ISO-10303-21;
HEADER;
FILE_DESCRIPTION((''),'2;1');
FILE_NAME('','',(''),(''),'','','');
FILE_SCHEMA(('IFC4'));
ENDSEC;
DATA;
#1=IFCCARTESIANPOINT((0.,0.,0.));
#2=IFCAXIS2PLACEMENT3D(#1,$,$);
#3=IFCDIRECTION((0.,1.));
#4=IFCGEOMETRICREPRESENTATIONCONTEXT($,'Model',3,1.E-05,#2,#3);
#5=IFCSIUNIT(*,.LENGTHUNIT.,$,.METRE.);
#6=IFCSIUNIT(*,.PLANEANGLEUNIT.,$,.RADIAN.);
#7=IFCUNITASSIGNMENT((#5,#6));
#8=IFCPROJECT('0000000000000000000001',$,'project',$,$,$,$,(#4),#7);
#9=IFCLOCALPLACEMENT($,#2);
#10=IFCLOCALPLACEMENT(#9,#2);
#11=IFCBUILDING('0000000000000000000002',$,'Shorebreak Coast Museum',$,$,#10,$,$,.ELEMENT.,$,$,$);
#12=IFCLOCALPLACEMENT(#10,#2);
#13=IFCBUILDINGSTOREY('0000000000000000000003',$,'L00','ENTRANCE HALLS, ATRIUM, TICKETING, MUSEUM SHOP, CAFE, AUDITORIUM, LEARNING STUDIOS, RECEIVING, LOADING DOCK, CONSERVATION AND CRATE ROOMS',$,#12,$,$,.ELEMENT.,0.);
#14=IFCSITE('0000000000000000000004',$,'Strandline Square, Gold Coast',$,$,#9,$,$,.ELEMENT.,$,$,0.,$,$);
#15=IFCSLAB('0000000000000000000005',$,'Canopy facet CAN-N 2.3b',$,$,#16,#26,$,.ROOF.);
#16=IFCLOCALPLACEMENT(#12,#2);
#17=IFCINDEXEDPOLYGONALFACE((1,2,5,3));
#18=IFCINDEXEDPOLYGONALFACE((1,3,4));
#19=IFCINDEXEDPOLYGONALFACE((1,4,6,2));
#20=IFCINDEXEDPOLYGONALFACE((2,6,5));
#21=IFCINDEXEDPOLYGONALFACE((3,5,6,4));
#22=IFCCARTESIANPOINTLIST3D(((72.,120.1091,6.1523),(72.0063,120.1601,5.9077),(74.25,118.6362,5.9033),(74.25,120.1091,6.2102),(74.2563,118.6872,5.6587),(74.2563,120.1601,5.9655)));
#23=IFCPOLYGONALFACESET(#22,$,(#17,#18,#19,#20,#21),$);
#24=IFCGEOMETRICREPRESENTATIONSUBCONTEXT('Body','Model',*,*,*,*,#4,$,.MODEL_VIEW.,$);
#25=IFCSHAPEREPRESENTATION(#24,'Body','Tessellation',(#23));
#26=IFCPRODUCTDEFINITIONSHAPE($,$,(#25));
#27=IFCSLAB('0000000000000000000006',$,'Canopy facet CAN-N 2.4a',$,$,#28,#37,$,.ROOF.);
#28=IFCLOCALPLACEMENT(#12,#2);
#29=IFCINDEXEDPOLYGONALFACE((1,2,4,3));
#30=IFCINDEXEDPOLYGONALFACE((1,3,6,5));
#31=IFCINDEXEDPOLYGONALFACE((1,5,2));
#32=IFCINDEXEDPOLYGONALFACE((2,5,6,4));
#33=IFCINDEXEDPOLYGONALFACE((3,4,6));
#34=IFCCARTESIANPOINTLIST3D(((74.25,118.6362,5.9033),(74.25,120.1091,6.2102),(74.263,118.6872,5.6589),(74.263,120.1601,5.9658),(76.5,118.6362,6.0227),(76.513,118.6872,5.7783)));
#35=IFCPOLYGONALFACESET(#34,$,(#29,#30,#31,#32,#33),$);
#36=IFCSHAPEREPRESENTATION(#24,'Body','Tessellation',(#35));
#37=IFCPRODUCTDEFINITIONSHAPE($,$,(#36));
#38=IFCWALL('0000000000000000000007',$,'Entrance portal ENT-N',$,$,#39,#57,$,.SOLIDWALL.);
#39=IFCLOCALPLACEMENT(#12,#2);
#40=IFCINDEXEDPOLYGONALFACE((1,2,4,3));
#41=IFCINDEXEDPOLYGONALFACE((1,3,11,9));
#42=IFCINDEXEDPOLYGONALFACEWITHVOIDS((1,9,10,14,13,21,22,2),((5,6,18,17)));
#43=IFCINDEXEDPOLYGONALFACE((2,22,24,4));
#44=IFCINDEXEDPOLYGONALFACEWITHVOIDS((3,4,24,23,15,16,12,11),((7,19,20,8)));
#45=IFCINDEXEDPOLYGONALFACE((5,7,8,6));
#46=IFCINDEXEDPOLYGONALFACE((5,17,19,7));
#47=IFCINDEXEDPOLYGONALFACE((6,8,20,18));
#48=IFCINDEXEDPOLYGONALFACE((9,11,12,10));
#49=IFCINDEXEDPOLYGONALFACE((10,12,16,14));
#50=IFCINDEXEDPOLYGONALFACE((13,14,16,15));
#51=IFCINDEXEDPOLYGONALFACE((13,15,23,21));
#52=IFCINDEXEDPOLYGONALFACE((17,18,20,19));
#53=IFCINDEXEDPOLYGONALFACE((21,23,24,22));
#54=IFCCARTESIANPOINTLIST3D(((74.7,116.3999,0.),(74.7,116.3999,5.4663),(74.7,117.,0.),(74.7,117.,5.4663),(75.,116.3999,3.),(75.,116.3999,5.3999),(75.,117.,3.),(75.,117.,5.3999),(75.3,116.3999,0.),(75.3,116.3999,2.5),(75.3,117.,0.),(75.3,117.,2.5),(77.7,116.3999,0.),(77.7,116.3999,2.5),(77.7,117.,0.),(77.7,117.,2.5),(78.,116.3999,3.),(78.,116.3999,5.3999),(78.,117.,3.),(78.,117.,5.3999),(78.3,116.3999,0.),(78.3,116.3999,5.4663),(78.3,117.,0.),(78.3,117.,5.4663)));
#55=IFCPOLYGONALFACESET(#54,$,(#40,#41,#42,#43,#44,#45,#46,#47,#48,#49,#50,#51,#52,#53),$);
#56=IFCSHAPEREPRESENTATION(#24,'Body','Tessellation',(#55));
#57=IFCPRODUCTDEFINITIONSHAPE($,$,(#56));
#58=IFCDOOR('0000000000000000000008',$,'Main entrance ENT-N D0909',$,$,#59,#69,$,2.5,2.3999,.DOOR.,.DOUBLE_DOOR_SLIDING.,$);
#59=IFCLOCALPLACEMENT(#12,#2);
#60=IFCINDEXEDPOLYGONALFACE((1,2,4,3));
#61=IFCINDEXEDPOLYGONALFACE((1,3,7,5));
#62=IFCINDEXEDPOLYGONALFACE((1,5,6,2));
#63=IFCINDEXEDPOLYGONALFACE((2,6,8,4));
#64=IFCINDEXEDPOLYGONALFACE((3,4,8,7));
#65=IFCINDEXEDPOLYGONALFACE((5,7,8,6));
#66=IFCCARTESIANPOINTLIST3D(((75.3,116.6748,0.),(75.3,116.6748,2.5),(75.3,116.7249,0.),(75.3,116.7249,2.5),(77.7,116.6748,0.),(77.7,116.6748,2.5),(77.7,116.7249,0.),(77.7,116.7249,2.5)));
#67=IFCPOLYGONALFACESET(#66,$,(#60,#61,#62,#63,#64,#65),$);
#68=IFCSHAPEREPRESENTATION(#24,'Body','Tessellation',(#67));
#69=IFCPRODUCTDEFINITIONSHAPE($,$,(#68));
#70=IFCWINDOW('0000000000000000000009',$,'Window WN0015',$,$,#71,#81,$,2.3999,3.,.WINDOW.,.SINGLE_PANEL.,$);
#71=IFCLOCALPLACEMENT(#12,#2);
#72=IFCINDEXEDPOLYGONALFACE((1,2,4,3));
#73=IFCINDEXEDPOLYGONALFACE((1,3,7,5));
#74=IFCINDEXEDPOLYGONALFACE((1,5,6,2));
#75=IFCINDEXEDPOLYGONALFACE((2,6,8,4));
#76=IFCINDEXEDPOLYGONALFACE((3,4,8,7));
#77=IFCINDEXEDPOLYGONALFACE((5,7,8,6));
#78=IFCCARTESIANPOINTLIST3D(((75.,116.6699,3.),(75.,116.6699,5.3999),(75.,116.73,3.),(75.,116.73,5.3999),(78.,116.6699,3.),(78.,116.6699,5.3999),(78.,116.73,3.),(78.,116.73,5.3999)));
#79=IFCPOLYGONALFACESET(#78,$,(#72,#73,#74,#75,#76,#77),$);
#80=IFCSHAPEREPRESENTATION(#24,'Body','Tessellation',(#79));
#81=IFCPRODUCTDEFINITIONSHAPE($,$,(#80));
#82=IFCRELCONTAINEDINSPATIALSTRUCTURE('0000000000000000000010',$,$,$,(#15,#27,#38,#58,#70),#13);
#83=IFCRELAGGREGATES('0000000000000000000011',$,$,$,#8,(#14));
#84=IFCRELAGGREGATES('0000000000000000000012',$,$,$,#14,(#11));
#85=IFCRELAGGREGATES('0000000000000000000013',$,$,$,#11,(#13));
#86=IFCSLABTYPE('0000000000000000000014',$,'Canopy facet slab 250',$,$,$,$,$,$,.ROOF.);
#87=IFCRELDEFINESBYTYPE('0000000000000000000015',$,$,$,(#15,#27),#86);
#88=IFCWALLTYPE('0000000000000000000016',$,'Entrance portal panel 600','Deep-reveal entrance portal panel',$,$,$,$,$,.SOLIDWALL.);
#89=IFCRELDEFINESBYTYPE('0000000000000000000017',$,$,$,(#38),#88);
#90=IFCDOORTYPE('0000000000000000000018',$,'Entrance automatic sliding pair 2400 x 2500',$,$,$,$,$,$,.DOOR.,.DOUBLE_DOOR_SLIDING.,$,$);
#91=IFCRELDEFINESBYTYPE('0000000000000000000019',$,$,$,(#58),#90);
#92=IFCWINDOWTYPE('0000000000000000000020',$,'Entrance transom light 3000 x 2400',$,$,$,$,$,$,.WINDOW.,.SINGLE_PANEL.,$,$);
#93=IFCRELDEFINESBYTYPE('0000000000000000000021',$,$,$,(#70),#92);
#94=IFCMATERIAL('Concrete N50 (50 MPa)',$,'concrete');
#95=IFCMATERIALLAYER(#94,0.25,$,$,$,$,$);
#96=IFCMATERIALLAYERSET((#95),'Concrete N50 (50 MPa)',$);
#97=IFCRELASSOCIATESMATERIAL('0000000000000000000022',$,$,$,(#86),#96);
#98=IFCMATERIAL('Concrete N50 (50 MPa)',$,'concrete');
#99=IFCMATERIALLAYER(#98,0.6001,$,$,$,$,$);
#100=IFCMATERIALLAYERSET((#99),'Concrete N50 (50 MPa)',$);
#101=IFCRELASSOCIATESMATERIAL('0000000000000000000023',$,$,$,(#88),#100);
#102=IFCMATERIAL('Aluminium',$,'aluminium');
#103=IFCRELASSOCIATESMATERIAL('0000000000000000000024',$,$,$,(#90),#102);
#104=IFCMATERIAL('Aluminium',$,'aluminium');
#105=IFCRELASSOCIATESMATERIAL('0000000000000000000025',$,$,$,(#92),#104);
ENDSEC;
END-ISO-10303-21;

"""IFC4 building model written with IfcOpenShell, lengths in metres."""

from ifc_helpers import new_model, si_unit, direction, frame, frame_2d, origin, place, context, subcontext, project, spatial, polyline, rectangle, outline, extrude, material, layer, layer_set, type_object, element, fill, save


model = new_model("IFC4")

# Units and contexts
model_context = context("Model", 3, precision=1e-05, world=origin(), true_north=direction((0.0, 1.0)))
body_context = subcontext(model_context, "Body", "Model", "MODEL_VIEW")
ifc_project = project(units=[si_unit("LENGTHUNIT", "METRE"), si_unit("PLANEANGLEUNIT", "RADIAN")], contexts=[model_context])

# Site, building, storey
site_placement = place(None, origin())
site = spatial("IfcSite", under=ifc_project, at=site_placement, Name="Strandline Square, Gold Coast", CompositionType="ELEMENT", RefElevation=0.0)
building_placement = place(site_placement, origin())
building = spatial("IfcBuilding", under=site, at=building_placement, Name="Shorebreak Coast Museum", CompositionType="ELEMENT")
storey_placement = place(building_placement, origin())
storey = spatial("IfcBuildingStorey", under=building, at=storey_placement, Name="L00", Description="ENTRANCE HALLS, ATRIUM, TICKETING, MUSEUM SHOP, CAFE, AUDITORIUM, LEARNING STUDIOS, RECEIVING, LOADING DOCK, CONSERVATION AND CRATE ROOMS", CompositionType="ELEMENT", Elevation=0.0)

# Slabs
ifc_material_1 = material(Name="Concrete N50 (50 MPa)", Category="concrete")
ifc_layer_1 = layer(ifc_material_1, 0.25)
ifc_layer_set_1 = layer_set([ifc_layer_1], Name="Concrete N50 (50 MPa)")
slab_type = type_object("IfcSlabType", Name="Canopy facet slab 250", PredefinedType="ROOF", material=ifc_layer_set_1)
slab_1_placement = place(storey_placement, frame((74.25, 118.6362, 5.9033), z_axis=(-0.025168, -0.203909, 0.978666), x_axis=(0.0, 0.978976, 0.203974)))
element("IfcSlab", 1, at=slab_1_placement, inside=storey, type_object=slab_type, Name="Canopy facet CAN-N 2.3b", PredefinedType="ROOF", context=body_context, shape_type="SweptSolid", body=[
    extrude(outline(polyline([(0.0, 0.0), (1.5045, 0.0), (1.4927, 2.2507), (0.0, 0.0)])), origin(), (0.0, 0.0, -1.0), 0.25),
])
slab_2_placement = place(storey_placement, frame((74.25, 118.6362, 5.9033), z_axis=(-0.051874, -0.203699, 0.977658), x_axis=(0.998595, 0.0, 0.052985)))
element("IfcSlab", 2, at=slab_2_placement, inside=storey, type_object=slab_type, Name="Canopy facet CAN-N 2.4a", PredefinedType="ROOF", context=body_context, shape_type="SweptSolid", body=[
    extrude(outline(polyline([(0.0, 0.0), (2.2532, 0.0), (0.0163, 1.5044), (0.0, 0.0)])), origin(), (0.0, 0.0, -1.0), 0.25),
])

# Wall, openings, door, window
ifc_material_2 = material(Name="Concrete N50 (50 MPa)", Category="concrete")
ifc_layer_2 = layer(ifc_material_2, 0.6001)
ifc_layer_set_2 = layer_set([ifc_layer_2], Name="Concrete N50 (50 MPa)")
wall_type = type_object("IfcWallType", Name="Entrance portal panel 600", Description="Deep-reveal entrance portal panel", PredefinedType="SOLIDWALL", material=ifc_layer_set_2)
wall_placement = place(storey_placement, frame((74.7, 116.7, 0.0), z_axis=(0.0, 0.0, 1.0), x_axis=(1.0, 0.0, 0.0)))
wall = element("IfcWall", 3, at=wall_placement, inside=storey, type_object=wall_type, Name="Entrance portal ENT-N", PredefinedType="SOLIDWALL", context=body_context, shape_type="SweptSolid", body=[
    extrude(rectangle(XDim=3.6001, YDim=0.6001, at=frame_2d((1.8, 0.0))), origin(), (0.0, 0.0, 1.0), 5.4663),
])
opening_1_placement = place(wall_placement, frame((0.6001, 0.0, 0.0)))
opening_1 = element("IfcOpeningElement", 4, at=opening_1_placement, cuts=wall, PredefinedType="OPENING", context=body_context, shape_type="SweptSolid", body=[
    extrude(rectangle(XDim=2.3999, YDim=2.5, at=frame_2d((1.2, 1.25))), frame((0.0, 0.3101, 0.0), z_axis=(0.0, -1.0, 0.0), x_axis=(1.0, 0.0, 0.0)), (0.0, 0.0, 1.0), 0.6201),
])
opening_2_placement = place(wall_placement, frame((0.3, 0.0, 3.0)))
opening_2 = element("IfcOpeningElement", 5, at=opening_2_placement, cuts=wall, PredefinedType="OPENING", context=body_context, shape_type="SweptSolid", body=[
    extrude(rectangle(XDim=3.0, YDim=2.3999, at=frame_2d((1.5, 1.2))), frame((0.0, 0.3101, 0.0), z_axis=(0.0, -1.0, 0.0), x_axis=(1.0, 0.0, 0.0)), (0.0, 0.0, 1.0), 0.6201),
])
ifc_material_3 = material(Name="Aluminium", Category="aluminium")
door_type = type_object("IfcDoorType", Name="Entrance automatic sliding pair 2400 x 2500", OperationType="DOUBLE_DOOR_SLIDING", PredefinedType="DOOR", material=ifc_material_3)
door_placement = place(opening_1_placement, origin())
door = element("IfcDoor", 6, at=door_placement, inside=storey, type_object=door_type, Name="Main entrance ENT-N D0909", OperationType="DOUBLE_DOOR_SLIDING", OverallHeight=2.5, OverallWidth=2.3999, PredefinedType="DOOR", context=body_context, shape_type="SweptSolid", body=[
    extrude(rectangle(XDim=2.3999, YDim=2.5, at=frame_2d((1.2, 1.25))), frame((0.0, 0.0249, 0.0), z_axis=(0.0, -1.0, 0.0), x_axis=(1.0, 0.0, 0.0)), (0.0, 0.0, 1.0), 0.05),
])
fill(opening_1, door)
ifc_material_4 = material(Name="Aluminium", Category="aluminium")
window_type = type_object("IfcWindowType", Name="Entrance transom light 3000 x 2400", PartitioningType="SINGLE_PANEL", PredefinedType="WINDOW", material=ifc_material_4)
window_placement = place(opening_2_placement, origin())
window = element("IfcWindow", 7, at=window_placement, inside=storey, type_object=window_type, Name="Window WN0015", OverallHeight=2.3999, OverallWidth=3.0, PartitioningType="SINGLE_PANEL", PredefinedType="WINDOW", context=body_context, shape_type="SweptSolid", body=[
    extrude(rectangle(XDim=3.0, YDim=2.3999, at=frame_2d((1.5, 1.2))), frame((0.0, 0.03, 0.0), z_axis=(0.0, -1.0, 0.0), x_axis=(1.0, 0.0, 0.0)), (0.0, 0.0, 1.0), 0.0601),
])
fill(opening_2, window)

save(model, "model.ifc")
